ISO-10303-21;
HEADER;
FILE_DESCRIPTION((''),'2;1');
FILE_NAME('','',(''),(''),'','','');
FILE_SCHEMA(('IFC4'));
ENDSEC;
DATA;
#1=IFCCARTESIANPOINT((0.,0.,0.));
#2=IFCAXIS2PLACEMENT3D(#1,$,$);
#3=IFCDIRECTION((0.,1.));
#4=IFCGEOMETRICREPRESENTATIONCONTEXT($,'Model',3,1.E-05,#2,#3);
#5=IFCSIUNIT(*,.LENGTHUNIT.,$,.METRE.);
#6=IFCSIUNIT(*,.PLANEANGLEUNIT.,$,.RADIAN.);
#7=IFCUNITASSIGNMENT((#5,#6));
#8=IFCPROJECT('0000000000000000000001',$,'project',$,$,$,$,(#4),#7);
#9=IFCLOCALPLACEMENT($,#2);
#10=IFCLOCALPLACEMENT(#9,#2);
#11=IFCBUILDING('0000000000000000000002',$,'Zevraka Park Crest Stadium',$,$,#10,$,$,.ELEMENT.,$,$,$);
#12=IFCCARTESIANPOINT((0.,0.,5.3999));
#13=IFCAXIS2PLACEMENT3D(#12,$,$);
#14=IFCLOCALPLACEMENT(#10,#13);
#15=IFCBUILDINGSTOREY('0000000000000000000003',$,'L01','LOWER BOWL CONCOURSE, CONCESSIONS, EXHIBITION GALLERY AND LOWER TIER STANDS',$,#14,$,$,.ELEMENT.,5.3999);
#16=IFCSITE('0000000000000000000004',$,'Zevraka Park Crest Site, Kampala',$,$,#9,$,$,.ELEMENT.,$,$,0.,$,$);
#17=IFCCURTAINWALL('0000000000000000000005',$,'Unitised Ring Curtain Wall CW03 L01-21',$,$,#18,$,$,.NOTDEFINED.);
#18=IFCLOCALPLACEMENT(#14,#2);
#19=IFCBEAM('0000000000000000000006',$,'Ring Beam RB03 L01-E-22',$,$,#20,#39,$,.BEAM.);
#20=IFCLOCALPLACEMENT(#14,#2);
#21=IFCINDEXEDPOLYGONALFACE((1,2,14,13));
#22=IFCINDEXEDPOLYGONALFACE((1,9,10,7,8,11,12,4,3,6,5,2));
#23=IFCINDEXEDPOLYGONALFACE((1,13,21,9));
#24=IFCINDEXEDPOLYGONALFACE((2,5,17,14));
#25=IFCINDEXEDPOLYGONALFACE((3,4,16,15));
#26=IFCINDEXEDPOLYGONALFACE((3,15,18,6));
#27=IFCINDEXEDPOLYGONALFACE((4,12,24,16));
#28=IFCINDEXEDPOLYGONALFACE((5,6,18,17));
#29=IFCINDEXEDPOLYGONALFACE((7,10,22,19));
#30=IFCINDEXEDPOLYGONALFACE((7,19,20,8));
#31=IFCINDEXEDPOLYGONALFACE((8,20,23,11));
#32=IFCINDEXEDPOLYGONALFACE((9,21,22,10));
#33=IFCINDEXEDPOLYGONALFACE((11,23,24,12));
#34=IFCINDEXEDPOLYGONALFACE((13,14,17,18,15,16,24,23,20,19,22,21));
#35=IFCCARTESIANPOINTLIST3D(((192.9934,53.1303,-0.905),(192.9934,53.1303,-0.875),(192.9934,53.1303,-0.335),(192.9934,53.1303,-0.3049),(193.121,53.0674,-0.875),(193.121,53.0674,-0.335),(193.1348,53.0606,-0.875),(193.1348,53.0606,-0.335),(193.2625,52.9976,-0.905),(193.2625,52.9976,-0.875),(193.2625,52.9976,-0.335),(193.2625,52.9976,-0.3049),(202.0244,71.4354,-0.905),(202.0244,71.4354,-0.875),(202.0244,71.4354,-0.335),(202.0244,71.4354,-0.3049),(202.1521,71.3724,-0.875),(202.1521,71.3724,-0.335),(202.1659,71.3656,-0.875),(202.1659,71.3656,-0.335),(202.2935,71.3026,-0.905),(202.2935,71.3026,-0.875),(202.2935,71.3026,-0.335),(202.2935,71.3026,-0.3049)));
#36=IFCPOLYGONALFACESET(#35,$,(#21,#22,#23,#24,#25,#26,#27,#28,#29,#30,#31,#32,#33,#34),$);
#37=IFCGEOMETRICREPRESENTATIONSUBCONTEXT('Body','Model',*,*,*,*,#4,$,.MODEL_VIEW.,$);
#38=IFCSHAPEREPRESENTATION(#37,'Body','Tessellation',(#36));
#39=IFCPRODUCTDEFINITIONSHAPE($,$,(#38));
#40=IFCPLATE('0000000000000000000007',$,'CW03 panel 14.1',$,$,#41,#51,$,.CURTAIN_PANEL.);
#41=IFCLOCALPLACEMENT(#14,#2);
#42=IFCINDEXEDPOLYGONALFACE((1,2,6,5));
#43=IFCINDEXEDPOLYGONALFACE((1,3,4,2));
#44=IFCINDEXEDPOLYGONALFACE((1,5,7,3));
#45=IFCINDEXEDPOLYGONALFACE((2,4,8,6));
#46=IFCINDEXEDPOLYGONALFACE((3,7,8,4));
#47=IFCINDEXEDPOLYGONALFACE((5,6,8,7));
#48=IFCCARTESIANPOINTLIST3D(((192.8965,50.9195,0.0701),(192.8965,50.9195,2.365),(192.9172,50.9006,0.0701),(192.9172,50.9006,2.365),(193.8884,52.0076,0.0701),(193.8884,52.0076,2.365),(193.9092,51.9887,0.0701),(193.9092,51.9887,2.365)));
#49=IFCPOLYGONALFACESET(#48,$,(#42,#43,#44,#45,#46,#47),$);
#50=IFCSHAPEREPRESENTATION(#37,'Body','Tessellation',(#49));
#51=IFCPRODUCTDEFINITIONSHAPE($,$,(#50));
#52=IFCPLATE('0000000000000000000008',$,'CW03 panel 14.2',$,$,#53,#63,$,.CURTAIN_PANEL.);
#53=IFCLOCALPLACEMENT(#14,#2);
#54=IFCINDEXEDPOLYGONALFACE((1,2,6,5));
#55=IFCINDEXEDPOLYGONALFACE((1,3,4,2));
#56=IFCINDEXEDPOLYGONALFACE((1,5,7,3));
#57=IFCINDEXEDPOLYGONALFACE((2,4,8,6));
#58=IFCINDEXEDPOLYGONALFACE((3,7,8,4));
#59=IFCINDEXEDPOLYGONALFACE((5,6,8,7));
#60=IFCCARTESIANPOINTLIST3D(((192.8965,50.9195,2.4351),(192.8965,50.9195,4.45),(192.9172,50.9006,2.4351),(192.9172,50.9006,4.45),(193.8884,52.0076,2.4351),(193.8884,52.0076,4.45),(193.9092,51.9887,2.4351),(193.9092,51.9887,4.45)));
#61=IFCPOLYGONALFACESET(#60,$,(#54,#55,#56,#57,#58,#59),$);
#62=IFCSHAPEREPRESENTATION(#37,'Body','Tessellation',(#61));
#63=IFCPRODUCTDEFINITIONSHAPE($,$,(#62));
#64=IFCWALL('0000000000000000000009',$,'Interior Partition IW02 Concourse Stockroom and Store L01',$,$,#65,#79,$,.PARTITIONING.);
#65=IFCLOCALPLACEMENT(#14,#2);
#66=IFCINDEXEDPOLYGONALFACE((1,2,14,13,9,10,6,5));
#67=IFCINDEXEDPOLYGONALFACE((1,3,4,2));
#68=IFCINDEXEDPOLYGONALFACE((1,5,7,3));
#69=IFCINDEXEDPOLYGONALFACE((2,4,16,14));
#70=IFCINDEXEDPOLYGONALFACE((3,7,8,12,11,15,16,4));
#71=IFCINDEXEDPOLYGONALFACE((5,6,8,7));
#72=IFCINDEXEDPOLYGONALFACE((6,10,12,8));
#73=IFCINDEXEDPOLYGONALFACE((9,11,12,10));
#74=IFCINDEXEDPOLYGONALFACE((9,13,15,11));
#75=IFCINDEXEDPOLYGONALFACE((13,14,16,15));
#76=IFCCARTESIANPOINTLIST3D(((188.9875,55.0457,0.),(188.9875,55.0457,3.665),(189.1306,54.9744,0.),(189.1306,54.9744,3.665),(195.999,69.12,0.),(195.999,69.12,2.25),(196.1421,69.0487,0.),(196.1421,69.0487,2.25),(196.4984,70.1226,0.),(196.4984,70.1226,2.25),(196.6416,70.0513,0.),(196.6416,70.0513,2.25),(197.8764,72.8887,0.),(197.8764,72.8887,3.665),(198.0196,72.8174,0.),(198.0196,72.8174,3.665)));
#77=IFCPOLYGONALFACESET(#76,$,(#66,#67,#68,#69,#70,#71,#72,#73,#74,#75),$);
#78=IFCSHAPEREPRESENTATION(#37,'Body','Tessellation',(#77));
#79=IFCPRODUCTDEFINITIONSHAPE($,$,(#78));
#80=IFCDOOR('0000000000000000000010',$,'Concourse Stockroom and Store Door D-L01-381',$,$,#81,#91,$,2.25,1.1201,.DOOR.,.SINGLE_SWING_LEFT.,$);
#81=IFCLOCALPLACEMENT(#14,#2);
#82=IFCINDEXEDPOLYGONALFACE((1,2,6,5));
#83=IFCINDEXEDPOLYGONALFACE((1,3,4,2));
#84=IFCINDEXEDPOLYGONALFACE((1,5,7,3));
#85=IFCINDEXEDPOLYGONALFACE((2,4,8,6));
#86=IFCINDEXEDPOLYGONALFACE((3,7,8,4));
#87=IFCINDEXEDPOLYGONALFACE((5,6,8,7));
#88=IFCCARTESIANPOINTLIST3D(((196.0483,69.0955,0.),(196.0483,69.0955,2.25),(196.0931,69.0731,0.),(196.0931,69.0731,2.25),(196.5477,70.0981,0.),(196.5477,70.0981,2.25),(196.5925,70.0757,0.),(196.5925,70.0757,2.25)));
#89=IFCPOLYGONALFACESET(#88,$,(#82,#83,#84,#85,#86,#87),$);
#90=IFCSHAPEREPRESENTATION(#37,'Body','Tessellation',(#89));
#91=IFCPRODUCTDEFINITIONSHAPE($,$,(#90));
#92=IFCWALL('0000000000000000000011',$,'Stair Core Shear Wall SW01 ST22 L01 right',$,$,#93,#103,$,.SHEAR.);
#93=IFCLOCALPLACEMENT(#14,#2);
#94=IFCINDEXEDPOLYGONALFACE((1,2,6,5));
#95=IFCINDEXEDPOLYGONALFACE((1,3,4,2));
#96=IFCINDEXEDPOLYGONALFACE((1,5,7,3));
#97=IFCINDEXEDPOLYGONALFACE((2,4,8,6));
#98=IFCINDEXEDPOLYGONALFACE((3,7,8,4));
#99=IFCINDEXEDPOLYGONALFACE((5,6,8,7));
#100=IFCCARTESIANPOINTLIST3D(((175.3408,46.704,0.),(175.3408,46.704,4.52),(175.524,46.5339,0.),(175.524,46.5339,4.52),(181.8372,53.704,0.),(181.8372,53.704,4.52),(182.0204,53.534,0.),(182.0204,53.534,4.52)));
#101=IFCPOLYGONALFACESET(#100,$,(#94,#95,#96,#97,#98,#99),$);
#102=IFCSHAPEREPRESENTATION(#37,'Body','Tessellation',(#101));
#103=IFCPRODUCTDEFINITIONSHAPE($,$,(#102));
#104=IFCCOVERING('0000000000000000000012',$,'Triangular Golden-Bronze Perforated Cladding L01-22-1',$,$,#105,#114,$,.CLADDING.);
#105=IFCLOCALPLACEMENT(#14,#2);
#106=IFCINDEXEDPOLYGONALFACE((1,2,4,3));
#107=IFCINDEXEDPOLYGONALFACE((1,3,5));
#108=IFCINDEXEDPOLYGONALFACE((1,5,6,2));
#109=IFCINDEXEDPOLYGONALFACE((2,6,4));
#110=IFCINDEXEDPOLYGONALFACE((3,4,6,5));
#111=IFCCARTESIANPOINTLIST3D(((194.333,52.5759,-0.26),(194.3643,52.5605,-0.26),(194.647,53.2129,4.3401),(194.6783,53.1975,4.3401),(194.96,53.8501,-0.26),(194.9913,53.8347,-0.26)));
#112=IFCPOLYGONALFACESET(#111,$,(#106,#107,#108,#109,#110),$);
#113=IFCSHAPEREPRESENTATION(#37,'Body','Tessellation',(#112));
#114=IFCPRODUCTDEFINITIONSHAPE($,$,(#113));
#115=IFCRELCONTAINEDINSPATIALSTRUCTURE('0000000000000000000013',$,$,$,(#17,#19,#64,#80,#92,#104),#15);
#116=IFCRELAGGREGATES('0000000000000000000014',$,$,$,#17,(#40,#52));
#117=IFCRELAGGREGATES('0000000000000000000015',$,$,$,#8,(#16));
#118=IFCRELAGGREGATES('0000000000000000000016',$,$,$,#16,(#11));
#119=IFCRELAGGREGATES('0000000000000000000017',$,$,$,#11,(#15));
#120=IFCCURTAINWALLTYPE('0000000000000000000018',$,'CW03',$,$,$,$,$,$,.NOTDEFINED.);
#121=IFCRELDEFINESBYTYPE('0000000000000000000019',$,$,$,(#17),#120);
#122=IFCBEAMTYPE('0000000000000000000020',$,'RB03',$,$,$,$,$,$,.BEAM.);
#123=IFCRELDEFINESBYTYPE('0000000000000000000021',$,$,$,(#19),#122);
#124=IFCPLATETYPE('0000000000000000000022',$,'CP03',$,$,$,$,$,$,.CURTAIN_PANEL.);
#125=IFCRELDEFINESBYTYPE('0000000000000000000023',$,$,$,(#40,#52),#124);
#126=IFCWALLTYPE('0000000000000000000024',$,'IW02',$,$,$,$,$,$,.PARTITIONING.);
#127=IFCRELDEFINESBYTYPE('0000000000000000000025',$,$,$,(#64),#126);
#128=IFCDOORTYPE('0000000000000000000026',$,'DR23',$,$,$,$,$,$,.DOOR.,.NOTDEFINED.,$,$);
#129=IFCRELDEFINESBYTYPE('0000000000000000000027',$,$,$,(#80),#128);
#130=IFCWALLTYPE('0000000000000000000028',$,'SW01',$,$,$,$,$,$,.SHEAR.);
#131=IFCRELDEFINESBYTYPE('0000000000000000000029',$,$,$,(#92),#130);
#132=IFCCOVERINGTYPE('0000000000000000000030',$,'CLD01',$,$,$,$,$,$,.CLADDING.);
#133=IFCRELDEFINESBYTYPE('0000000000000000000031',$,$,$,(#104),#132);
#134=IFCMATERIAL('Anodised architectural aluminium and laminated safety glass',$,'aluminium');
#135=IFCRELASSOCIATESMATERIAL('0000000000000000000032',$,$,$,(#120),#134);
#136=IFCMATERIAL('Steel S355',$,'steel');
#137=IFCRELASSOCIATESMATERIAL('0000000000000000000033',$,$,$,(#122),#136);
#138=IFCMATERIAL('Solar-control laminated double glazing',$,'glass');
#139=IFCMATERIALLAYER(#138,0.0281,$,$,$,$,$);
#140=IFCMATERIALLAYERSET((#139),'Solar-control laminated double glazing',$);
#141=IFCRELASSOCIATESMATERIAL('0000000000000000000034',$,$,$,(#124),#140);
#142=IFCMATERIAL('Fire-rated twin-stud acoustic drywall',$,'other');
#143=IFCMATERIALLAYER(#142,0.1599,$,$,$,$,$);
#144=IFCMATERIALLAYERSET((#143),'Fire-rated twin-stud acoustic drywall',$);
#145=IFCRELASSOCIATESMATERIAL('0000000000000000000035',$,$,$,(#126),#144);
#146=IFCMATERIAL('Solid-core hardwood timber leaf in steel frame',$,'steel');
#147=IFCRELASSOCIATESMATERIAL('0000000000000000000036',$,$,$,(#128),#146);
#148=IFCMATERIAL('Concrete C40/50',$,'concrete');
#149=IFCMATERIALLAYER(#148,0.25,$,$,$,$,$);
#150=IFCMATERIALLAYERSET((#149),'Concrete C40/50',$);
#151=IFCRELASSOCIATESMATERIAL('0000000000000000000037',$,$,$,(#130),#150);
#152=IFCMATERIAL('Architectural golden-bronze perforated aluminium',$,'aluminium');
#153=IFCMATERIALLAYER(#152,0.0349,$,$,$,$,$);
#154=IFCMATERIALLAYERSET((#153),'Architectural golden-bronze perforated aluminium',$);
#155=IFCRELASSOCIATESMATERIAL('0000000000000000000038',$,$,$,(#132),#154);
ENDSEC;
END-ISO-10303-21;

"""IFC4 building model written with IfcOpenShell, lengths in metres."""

from ifc_helpers import new_model, si_unit, direction, frame, frame_2d, origin, origin_2d, place, context, subcontext, project, spatial, polyline, rectangle, i_section, outline, extrude, material, layer, layer_set, material_profile, profile_set, type_object, element, fill, aggregate, save


model = new_model("IFC4")

# Units and contexts
model_context = context("Model", 3, precision=1e-05, world=origin(), true_north=direction((0.0, 1.0)))
body_context = subcontext(model_context, "Body", "Model", "MODEL_VIEW")
ifc_project = project(units=[si_unit("LENGTHUNIT", "METRE"), si_unit("PLANEANGLEUNIT", "RADIAN")], contexts=[model_context])

# Site, building, storey
site_placement = place(None, origin())
site = spatial("IfcSite", under=ifc_project, at=site_placement, Name="Zevraka Park Crest Site, Kampala", CompositionType="ELEMENT", RefElevation=0.0)
building_placement = place(site_placement, origin())
building = spatial("IfcBuilding", under=site, at=building_placement, Name="Zevraka Park Crest Stadium", CompositionType="ELEMENT")
storey_placement = place(building_placement, frame((0.0, 0.0, 5.3999)))
storey = spatial("IfcBuildingStorey", under=building, at=storey_placement, Name="L01", Description="LOWER BOWL CONCOURSE, CONCESSIONS, EXHIBITION GALLERY AND LOWER TIER STANDS", CompositionType="ELEMENT", Elevation=5.3999)

# Curtain wall
ifc_material_1 = material(Name="Anodised architectural aluminium and laminated safety glass", Category="aluminium")
curtain_wall_type_1 = type_object("IfcCurtainWallType", Name="CW03", PredefinedType="NOTDEFINED", material=ifc_material_1)
curtain_wall_1_placement = place(storey_placement, origin())
curtain_wall_1 = element("IfcCurtainWall", 1, at=curtain_wall_1_placement, inside=storey, type_object=curtain_wall_type_1, Name="Unitised Ring Curtain Wall CW03 L01-21", PredefinedType="NOTDEFINED")

# Beam
ifc_material_2 = material(Name="Steel S355", Category="steel")
ifc_material_profile_1 = material_profile(ifc_material_2, i_section(OverallWidth=0.3, OverallDepth=0.6001, WebThickness=0.0154, FlangeThickness=0.03, at=origin_2d()), Name="HEB 600")
ifc_profile_set_1 = profile_set([ifc_material_profile_1], Name="Steel S355")
beam_type_1 = type_object("IfcBeamType", Name="RB03", PredefinedType="BEAM", material=ifc_profile_set_1)
beam_1_placement = place(storey_placement, frame((193.1279, 53.064, -0.605), z_axis=(0.442447, 0.896795, 0.0), x_axis=(-0.896795, 0.442447, 0.0)))
element("IfcBeam", 2, at=beam_1_placement, inside=storey, type_object=beam_type_1, Name="Ring Beam RB03 L01-E-22", PredefinedType="BEAM", context=body_context, shape_type="SweptSolid", body=[
    extrude(i_section(OverallWidth=0.3, OverallDepth=0.6001, WebThickness=0.0154, FlangeThickness=0.03, at=origin_2d()), origin(), (0.0, 0.0, 1.0), 20.4116),
])

# Plates
ifc_material_3 = material(Name="Solar-control laminated double glazing", Category="glass")
ifc_layer_1 = layer(ifc_material_3, 0.0281)
ifc_layer_set_1 = layer_set([ifc_layer_1], Name="Solar-control laminated double glazing")
plate_type = type_object("IfcPlateType", Name="CP03", PredefinedType="CURTAIN_PANEL", material=ifc_layer_set_1)
plate_1_placement = place(storey_placement, frame((193.4028, 51.4541, 0.0701), z_axis=(0.0, 0.0, 1.0), x_axis=(0.67368, 0.739023, 0.0)))
plate_1 = element("IfcPlate", 3, at=plate_1_placement, type_object=plate_type, Name="CW03 panel 14.1", PredefinedType="CURTAIN_PANEL", context=body_context, shape_type="SweptSolid", body=[
    extrude(rectangle(XDim=1.4724, YDim=0.0281, at=origin_2d()), origin(), (0.0, 0.0, 1.0), 2.2949),
])
plate_2_placement = place(storey_placement, frame((193.4028, 51.4541, 2.4351), z_axis=(0.0, 0.0, 1.0), x_axis=(0.67368, 0.739023, 0.0)))
plate_2 = element("IfcPlate", 4, at=plate_2_placement, type_object=plate_type, Name="CW03 panel 14.2", PredefinedType="CURTAIN_PANEL", context=body_context, shape_type="SweptSolid", body=[
    extrude(rectangle(XDim=1.4724, YDim=0.0281, at=origin_2d()), origin(), (0.0, 0.0, 1.0), 2.0149),
])
aggregate(curtain_wall_1, [plate_1, plate_2])

# Wall, opening, door
ifc_material_4 = material(Name="Fire-rated twin-stud acoustic drywall", Category="other")
ifc_layer_2 = layer(ifc_material_4, 0.1599)
ifc_layer_set_2 = layer_set([ifc_layer_2], Name="Fire-rated twin-stud acoustic drywall")
wall_type_1 = type_object("IfcWallType", Name="IW02", PredefinedType="PARTITIONING", material=ifc_layer_set_2)
wall_1_placement = place(storey_placement, frame((189.0591, 55.01, 0.0), z_axis=(0.0, 0.0, 1.0), x_axis=(0.445905, 0.89508, 0.0)))
wall_1 = element("IfcWall", 5, at=wall_1_placement, inside=storey, type_object=wall_type_1, Name="Interior Partition IW02 Concourse Stockroom and Store L01", PredefinedType="PARTITIONING", context=body_context, shape_type="SweptSolid", body=[
    extrude(rectangle(XDim=19.9346, YDim=0.1599, at=frame_2d((9.9673, 0.0))), origin(), (0.0, 0.0, 1.0), 3.665),
])
opening_placement = place(wall_1_placement, frame((15.7241, 0.0, 0.0)))
opening = element("IfcOpeningElement", 6, at=opening_placement, cuts=wall_1, PredefinedType="OPENING", context=body_context, shape_type="SweptSolid", body=[
    extrude(rectangle(XDim=1.1201, YDim=2.25, at=frame_2d((0.5601, 1.125))), frame((0.0, 0.0898, 0.0), z_axis=(0.0, -1.0, 0.0), x_axis=(1.0, 0.0, 0.0)), (0.0, 0.0, 1.0), 0.1799),
])
ifc_material_5 = material(Name="Solid-core hardwood timber leaf in steel frame", Category="steel")
door_type = type_object("IfcDoorType", Name="DR23", OperationType="NOTDEFINED", PredefinedType="DOOR", material=ifc_material_5)
door_placement = place(opening_placement, origin())
door = element("IfcDoor", 7, at=door_placement, inside=storey, type_object=door_type, Name="Concourse Stockroom and Store Door D-L01-381", OperationType="SINGLE_SWING_LEFT", OverallHeight=2.25, OverallWidth=1.1201, PredefinedType="DOOR", context=body_context, shape_type="SweptSolid", body=[
    extrude(rectangle(XDim=1.1201, YDim=2.25, at=frame_2d((0.5601, 1.125))), frame((0.0, 0.0249, 0.0), z_axis=(0.0, -1.0, 0.0), x_axis=(1.0, 0.0, 0.0)), (0.0, 0.0, 1.0), 0.05),
])
fill(opening, door)

# Wall
ifc_material_6 = material(Name="Concrete C40/50", Category="concrete")
ifc_layer_3 = layer(ifc_material_6, 0.25)
ifc_layer_set_3 = layer_set([ifc_layer_3], Name="Concrete C40/50")
wall_type_2 = type_object("IfcWallType", Name="SW01", PredefinedType="SHEAR", material=ifc_layer_set_3)
wall_2_placement = place(storey_placement, frame((181.9287, 53.6189, 0.0), z_axis=(0.0, 0.0, 1.0), x_axis=(-0.680245, -0.732985, 0.0)))
element("IfcWall", 8, at=wall_2_placement, inside=storey, type_object=wall_type_2, Name="Stair Core Shear Wall SW01 ST22 L01 right", PredefinedType="SHEAR", context=body_context, shape_type="SweptSolid", body=[
    extrude(rectangle(XDim=9.55, YDim=0.25, at=frame_2d((4.7749, 0.0))), origin(), (0.0, 0.0, 1.0), 4.52),
])

# Covering
ifc_material_7 = material(Name="Architectural golden-bronze perforated aluminium", Category="aluminium")
ifc_layer_4 = layer(ifc_material_7, 0.0349)
ifc_layer_set_4 = layer_set([ifc_layer_4], Name="Architectural golden-bronze perforated aluminium")
covering_type = type_object("IfcCoveringType", Name="CLD01", PredefinedType="CLADDING", material=ifc_layer_set_4)
covering_placement = place(storey_placement, frame((194.333, 52.5759, -0.26), z_axis=(-0.897263, 0.441497, 0.000107), x_axis=(0.441497, 0.897263, 0.0)))
element("IfcCovering", 9, at=covering_placement, inside=storey, type_object=covering_type, Name="Triangular Golden-Bronze Perforated Cladding L01-22-1", PredefinedType="CLADDING", context=body_context, shape_type="SweptSolid", body=[
    extrude(outline(polyline([(0.0, 0.0), (1.4201, 0.0), (0.7101, -4.6001), (0.0, 0.0)])), origin(), (0.0, 0.0, -1.0), 0.0349),
])

save(model, "model.ifc")
